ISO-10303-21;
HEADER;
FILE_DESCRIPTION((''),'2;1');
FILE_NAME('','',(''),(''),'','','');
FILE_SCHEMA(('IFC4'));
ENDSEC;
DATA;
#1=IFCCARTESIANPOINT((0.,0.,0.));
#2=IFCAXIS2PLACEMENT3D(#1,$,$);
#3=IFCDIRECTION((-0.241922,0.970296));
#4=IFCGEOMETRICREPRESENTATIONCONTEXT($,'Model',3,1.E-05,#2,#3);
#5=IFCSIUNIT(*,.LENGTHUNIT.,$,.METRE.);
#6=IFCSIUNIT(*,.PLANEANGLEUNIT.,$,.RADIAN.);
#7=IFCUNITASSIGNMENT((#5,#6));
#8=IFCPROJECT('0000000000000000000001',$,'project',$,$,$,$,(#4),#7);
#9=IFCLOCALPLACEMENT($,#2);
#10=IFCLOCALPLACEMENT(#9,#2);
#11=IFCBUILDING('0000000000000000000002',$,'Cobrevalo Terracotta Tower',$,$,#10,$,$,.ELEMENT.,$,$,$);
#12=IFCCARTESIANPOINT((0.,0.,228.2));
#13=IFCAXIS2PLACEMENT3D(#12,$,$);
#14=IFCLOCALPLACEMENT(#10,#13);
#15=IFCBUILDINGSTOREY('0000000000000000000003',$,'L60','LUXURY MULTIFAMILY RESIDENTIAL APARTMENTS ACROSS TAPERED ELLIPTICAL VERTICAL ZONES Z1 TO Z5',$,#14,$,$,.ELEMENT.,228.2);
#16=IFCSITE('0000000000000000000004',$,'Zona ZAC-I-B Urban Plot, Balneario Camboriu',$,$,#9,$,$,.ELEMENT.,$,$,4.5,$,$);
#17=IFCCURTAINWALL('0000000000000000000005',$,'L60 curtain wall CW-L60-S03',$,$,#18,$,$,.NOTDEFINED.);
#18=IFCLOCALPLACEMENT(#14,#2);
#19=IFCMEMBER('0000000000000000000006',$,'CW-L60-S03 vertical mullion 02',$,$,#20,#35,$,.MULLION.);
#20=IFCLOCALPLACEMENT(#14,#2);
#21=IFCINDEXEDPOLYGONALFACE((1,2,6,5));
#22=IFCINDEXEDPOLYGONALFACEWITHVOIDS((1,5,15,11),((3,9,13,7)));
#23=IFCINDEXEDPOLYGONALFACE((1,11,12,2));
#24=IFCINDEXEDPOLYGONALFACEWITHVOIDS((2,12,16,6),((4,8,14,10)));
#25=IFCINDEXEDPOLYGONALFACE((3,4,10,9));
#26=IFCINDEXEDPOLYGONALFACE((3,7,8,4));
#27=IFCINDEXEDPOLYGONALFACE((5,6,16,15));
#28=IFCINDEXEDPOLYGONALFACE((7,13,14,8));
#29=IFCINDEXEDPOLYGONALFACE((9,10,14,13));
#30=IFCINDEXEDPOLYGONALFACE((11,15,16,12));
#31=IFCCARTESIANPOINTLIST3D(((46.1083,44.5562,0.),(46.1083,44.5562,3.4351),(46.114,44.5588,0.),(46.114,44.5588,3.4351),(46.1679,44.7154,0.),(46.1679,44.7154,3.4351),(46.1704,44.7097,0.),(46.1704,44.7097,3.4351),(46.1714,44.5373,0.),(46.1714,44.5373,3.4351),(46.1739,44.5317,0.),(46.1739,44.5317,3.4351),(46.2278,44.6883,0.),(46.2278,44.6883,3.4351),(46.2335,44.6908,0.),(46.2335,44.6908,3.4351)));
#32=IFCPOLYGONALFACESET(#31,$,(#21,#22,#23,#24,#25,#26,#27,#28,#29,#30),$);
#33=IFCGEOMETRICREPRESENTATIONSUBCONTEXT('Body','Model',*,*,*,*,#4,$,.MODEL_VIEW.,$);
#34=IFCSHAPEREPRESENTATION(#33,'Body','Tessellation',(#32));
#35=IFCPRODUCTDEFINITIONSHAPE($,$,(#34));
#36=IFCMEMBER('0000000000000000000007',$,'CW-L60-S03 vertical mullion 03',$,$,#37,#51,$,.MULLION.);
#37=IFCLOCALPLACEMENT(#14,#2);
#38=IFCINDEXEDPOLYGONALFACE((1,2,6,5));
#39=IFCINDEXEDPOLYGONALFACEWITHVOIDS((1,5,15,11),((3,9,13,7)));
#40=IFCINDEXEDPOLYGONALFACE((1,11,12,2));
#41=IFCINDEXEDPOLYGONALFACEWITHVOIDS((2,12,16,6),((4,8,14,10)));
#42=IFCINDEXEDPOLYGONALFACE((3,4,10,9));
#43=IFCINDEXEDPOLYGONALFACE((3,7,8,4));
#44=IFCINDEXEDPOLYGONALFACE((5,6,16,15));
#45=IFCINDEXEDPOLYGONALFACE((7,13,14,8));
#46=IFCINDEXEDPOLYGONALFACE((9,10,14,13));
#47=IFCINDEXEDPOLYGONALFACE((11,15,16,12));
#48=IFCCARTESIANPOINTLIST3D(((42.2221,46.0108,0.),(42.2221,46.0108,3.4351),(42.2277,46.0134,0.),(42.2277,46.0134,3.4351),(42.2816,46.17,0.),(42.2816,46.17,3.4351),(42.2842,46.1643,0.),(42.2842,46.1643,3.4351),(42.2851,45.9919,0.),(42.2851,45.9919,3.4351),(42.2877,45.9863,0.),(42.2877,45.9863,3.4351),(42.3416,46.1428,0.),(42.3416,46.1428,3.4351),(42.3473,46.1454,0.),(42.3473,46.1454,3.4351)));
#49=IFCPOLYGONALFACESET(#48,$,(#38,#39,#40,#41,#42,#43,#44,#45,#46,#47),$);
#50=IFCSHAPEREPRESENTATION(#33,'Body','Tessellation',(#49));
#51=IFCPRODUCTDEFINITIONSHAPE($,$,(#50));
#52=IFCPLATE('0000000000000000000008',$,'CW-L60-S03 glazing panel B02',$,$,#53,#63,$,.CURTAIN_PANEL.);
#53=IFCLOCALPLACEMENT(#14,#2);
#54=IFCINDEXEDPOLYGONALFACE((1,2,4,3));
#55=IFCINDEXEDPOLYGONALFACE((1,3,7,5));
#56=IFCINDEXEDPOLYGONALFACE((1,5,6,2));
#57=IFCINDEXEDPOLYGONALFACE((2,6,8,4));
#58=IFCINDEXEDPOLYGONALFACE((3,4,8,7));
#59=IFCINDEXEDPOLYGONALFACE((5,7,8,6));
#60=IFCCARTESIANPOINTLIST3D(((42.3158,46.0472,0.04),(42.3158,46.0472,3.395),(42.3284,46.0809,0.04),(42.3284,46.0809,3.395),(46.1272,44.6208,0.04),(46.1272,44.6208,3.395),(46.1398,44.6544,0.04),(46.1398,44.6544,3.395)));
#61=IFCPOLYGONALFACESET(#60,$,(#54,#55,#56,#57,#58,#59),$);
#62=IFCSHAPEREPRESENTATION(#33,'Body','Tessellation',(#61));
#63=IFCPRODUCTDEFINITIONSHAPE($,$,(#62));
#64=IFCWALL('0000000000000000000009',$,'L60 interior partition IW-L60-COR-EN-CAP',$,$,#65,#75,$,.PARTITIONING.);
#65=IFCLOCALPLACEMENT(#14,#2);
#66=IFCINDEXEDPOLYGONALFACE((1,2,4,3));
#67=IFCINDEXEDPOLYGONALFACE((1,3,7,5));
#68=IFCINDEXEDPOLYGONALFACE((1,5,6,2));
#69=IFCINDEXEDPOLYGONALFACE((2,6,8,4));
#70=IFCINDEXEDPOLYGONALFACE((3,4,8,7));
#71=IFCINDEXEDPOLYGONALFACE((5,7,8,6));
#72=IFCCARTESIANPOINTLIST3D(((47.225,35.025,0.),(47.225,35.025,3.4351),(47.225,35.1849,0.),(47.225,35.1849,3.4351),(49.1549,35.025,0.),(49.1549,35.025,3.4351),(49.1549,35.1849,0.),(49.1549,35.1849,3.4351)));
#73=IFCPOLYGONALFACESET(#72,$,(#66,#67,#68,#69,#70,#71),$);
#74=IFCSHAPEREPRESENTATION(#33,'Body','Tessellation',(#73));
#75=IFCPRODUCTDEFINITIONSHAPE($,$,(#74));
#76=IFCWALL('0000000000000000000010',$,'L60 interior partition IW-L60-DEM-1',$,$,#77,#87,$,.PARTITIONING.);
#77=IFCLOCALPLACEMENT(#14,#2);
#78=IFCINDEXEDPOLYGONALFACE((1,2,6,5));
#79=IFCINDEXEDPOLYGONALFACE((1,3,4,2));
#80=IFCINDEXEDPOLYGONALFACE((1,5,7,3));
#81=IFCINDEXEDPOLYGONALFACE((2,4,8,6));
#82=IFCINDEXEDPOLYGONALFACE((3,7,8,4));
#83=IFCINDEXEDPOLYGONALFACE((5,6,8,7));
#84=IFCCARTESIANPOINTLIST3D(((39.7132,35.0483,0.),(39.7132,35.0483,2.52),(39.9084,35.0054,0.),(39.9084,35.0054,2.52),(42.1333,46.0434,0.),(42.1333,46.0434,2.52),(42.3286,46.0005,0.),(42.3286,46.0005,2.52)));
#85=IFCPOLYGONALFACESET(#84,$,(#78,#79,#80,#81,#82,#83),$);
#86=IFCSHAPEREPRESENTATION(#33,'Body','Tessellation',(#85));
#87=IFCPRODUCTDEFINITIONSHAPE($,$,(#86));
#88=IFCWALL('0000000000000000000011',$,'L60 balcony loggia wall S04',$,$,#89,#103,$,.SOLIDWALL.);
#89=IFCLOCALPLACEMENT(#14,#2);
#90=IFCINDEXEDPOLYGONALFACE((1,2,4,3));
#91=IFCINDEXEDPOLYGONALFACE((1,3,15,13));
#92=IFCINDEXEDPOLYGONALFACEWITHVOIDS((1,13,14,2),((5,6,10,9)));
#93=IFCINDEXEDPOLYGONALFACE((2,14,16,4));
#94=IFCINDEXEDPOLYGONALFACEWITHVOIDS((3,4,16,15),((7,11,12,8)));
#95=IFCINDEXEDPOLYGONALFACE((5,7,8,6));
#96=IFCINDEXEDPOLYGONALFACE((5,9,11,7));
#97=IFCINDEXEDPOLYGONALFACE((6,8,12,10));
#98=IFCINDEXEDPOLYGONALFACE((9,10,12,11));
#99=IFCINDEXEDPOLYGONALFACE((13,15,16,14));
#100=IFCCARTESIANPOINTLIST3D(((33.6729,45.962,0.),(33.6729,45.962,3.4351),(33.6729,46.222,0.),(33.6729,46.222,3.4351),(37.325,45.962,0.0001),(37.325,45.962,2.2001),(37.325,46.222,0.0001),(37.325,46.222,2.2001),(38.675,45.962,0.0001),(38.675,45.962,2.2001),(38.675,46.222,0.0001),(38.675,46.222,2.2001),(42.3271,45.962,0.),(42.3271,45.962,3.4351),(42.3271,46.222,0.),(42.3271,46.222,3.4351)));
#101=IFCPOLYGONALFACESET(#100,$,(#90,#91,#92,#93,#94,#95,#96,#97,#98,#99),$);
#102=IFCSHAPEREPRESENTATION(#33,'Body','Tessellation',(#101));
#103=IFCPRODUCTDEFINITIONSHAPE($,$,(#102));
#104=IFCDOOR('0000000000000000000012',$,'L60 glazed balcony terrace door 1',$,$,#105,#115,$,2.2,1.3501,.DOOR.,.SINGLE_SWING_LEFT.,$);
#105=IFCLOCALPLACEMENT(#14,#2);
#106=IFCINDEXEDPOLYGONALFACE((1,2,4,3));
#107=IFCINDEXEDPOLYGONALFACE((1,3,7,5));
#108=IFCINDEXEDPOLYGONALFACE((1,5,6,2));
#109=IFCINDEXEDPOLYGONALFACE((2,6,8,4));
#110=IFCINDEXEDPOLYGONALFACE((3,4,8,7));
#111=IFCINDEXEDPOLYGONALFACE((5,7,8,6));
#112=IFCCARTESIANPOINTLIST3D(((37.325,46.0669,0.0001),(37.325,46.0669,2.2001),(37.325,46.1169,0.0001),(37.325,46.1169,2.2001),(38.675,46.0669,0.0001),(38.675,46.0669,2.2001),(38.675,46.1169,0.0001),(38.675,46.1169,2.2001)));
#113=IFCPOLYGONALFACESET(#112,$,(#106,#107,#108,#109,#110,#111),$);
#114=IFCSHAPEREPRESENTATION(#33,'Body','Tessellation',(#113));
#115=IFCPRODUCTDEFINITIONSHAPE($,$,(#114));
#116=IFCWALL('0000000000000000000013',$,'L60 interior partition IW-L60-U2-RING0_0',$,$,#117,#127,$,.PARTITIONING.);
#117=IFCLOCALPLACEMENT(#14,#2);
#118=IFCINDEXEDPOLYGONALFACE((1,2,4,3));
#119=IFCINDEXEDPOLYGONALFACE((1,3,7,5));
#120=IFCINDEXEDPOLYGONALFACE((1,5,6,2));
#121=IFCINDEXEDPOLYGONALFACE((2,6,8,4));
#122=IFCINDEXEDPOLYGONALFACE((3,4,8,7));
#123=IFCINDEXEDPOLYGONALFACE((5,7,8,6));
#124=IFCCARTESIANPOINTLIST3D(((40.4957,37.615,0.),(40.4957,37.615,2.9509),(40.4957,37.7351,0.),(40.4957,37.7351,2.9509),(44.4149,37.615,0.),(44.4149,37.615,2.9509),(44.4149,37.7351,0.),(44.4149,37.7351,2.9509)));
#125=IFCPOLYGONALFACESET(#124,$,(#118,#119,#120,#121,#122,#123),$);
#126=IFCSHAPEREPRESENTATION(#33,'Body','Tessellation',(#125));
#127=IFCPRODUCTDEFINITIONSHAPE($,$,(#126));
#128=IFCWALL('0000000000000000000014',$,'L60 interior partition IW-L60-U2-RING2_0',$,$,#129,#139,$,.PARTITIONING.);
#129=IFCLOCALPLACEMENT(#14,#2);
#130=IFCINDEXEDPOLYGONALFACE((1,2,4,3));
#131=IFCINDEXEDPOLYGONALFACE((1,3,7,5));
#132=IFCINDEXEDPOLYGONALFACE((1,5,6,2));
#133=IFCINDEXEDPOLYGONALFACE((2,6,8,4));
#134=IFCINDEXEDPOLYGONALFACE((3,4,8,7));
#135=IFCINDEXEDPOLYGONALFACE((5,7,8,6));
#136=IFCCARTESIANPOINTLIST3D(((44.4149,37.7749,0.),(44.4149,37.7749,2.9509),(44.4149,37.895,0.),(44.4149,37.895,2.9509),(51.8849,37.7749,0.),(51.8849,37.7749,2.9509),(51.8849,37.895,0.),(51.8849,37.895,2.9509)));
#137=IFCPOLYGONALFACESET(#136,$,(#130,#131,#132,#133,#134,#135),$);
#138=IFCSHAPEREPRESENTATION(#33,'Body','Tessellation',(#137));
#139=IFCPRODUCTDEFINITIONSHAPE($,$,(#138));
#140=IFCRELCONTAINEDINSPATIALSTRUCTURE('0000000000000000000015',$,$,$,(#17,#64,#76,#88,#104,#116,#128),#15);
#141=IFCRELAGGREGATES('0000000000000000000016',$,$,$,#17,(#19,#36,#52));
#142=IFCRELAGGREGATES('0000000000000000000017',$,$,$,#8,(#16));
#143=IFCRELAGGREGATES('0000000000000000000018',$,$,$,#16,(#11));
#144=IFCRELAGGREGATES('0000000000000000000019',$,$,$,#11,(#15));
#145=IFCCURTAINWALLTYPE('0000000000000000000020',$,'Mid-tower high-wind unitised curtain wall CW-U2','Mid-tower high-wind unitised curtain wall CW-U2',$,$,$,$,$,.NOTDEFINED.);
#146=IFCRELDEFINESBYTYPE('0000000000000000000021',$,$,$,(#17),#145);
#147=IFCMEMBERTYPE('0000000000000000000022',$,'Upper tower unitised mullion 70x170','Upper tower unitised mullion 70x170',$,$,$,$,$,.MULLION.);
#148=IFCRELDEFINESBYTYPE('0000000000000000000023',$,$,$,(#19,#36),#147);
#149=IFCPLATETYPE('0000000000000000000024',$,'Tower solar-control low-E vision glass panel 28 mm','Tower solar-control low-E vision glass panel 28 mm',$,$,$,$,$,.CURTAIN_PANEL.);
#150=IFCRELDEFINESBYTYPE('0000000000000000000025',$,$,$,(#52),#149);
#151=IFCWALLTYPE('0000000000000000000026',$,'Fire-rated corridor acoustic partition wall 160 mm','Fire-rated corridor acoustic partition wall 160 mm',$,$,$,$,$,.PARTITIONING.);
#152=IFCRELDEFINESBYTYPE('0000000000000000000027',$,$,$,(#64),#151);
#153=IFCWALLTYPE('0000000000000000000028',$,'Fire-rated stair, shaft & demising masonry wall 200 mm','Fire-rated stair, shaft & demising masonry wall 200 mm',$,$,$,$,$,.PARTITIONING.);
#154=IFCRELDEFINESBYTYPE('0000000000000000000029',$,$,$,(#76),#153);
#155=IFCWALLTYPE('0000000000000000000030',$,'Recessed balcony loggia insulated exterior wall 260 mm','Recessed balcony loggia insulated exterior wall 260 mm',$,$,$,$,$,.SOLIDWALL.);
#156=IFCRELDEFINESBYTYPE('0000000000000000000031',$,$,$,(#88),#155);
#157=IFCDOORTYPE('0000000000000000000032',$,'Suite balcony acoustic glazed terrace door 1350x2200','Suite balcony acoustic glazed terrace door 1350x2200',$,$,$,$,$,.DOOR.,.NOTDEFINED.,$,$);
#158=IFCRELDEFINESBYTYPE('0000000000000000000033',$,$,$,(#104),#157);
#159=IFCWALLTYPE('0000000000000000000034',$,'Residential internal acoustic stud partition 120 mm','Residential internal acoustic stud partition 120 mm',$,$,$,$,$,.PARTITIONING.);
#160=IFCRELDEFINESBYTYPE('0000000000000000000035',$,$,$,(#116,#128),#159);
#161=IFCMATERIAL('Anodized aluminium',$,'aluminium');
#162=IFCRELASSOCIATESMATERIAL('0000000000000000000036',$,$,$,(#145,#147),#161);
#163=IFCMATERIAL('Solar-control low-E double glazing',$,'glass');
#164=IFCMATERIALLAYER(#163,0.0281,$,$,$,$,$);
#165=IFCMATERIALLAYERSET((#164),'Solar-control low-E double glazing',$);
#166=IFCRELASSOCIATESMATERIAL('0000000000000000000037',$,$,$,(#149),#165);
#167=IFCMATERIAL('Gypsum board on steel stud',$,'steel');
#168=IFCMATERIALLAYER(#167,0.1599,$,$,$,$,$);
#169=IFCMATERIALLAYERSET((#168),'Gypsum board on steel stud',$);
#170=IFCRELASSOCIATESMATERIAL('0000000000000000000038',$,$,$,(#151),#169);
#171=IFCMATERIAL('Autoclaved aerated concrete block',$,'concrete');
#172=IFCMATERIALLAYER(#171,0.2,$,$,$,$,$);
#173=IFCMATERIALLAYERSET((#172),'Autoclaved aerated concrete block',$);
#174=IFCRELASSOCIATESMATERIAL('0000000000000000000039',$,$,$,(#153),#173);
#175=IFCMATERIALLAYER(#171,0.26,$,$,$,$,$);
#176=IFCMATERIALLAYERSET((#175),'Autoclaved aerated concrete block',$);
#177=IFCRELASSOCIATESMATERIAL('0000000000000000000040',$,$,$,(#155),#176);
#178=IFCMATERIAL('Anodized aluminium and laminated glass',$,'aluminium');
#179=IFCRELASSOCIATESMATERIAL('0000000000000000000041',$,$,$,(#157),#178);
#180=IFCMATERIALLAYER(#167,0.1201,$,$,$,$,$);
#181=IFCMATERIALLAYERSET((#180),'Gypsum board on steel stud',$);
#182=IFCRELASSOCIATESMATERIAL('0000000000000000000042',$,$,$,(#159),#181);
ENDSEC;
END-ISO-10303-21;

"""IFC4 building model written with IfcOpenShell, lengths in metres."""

from ifc_helpers import new_model, si_unit, direction, frame, frame_2d, origin, origin_2d, place, context, subcontext, project, spatial, rectangle, hollow_rectangle, extrude, source, transform, mapped, material, layer, layer_set, material_profile, profile_set, type_object, element, fill, aggregate, save


model = new_model("IFC4")

# Units and contexts
model_context = context("Model", 3, precision=1e-05, world=origin(), true_north=direction((-0.241922, 0.970296)))
body_context = subcontext(model_context, "Body", "Model", "MODEL_VIEW")
ifc_project = project(units=[si_unit("LENGTHUNIT", "METRE"), si_unit("PLANEANGLEUNIT", "RADIAN")], contexts=[model_context])

# Site, building, storey
site_placement = place(None, origin())
site = spatial("IfcSite", under=ifc_project, at=site_placement, Name="Zona ZAC-I-B Urban Plot, Balneario Camboriu", CompositionType="ELEMENT", RefElevation=4.5)
building_placement = place(site_placement, origin())
building = spatial("IfcBuilding", under=site, at=building_placement, Name="Cobrevalo Terracotta Tower", CompositionType="ELEMENT")
storey_placement = place(building_placement, frame((0.0, 0.0, 228.2)))
storey = spatial("IfcBuildingStorey", under=building, at=storey_placement, Name="L60", Description="LUXURY MULTIFAMILY RESIDENTIAL APARTMENTS ACROSS TAPERED ELLIPTICAL VERTICAL ZONES Z1 TO Z5", CompositionType="ELEMENT", Elevation=228.2)

# Curtain wall, members, plate
ifc_material_1 = material(Name="Anodized aluminium", Category="aluminium")
curtain_wall_type = type_object("IfcCurtainWallType", Name="Mid-tower high-wind unitised curtain wall CW-U2", Description="Mid-tower high-wind unitised curtain wall CW-U2", PredefinedType="NOTDEFINED", material=ifc_material_1)
curtain_wall_placement = place(storey_placement, origin())
curtain_wall = element("IfcCurtainWall", 1, at=curtain_wall_placement, inside=storey, type_object=curtain_wall_type, Name="L60 curtain wall CW-L60-S03", PredefinedType="NOTDEFINED")
ifc_material_profile_1 = material_profile(ifc_material_1, hollow_rectangle(XDim=0.0701, YDim=0.1699, WallThickness=0.0044, at=origin_2d()), Name="CWM 70x170")
ifc_profile_set_1 = profile_set([ifc_material_profile_1], Name="Anodized aluminium")
member_type_1 = type_object("IfcMemberType", Name="Upper tower unitised mullion 70x170", Description="Upper tower unitised mullion 70x170", PredefinedType="MULLION", material=ifc_profile_set_1)
shared_shape_1 = source(origin(), body_context, "Body", "SweptSolid", [
    extrude(hollow_rectangle(XDim=0.0701, YDim=0.1699, WallThickness=0.0044, at=origin_2d()), origin(), (0.0, 0.0, 1.0), 3.4351),
])
member_1_placement = place(storey_placement, frame((46.1709, 44.6235, 0.0), z_axis=(0.0, 0.0, 1.0), x_axis=(-0.936556, 0.350518, 0.0)))
member_1 = element("IfcMember", 2, at=member_1_placement, type_object=member_type_1, Name="CW-L60-S03 vertical mullion 02", PredefinedType="MULLION", context=body_context, shape_type="MappedRepresentation", body=[
    mapped(shared_shape_1, transform((0.0, 0.0, 0.0), scale=1.0)),
])
member_2_placement = place(storey_placement, frame((42.2847, 46.0781, 0.0), z_axis=(0.0, 0.0, 1.0), x_axis=(-0.936556, 0.350518, 0.0)))
member_2 = element("IfcMember", 3, at=member_2_placement, type_object=member_type_1, Name="CW-L60-S03 vertical mullion 03", PredefinedType="MULLION", context=body_context, shape_type="MappedRepresentation", body=[
    mapped(shared_shape_1, transform((0.0, 0.0, 0.0), scale=1.0)),
])
ifc_material_2 = material(Name="Solar-control low-E double glazing", Category="glass")
ifc_layer_1 = layer(ifc_material_2, 0.0281)
ifc_layer_set_1 = layer_set([ifc_layer_1], Name="Solar-control low-E double glazing")
plate_type = type_object("IfcPlateType", Name="Tower solar-control low-E vision glass panel 28 mm", Description="Tower solar-control low-E vision glass panel 28 mm", PredefinedType="CURTAIN_PANEL", material=ifc_layer_set_1)
shared_shape_2 = source(origin(), body_context, "Body", "SweptSolid", [
    extrude(rectangle(XDim=4.0696, YDim=0.0359, at=origin_2d()), origin(), (0.0, 0.0, 1.0), 3.355),
])
plate_placement = place(storey_placement, frame((44.2278, 45.3508, 0.04), z_axis=(0.0, 0.0, 1.0), x_axis=(-0.936558, 0.350513, 0.0)))
plate = element("IfcPlate", 4, at=plate_placement, type_object=plate_type, Name="CW-L60-S03 glazing panel B02", PredefinedType="CURTAIN_PANEL", context=body_context, shape_type="MappedRepresentation", body=[
    mapped(shared_shape_2, transform((0.0, 0.0, 0.0), scale=1.0)),
])
aggregate(curtain_wall, [member_1, member_2, plate])

# Walls
ifc_material_3 = material(Name="Gypsum board on steel stud", Category="steel")
ifc_layer_2 = layer(ifc_material_3, 0.1599)
ifc_layer_set_2 = layer_set([ifc_layer_2], Name="Gypsum board on steel stud")
wall_type_1 = type_object("IfcWallType", Name="Fire-rated corridor acoustic partition wall 160 mm", Description="Fire-rated corridor acoustic partition wall 160 mm", PredefinedType="PARTITIONING", material=ifc_layer_set_2)
wall_1_placement = place(storey_placement, frame((47.2251, 35.105, 0.0), z_axis=(0.0, 0.0, 1.0), x_axis=(1.0, 0.0, 0.0)))
element("IfcWall", 5, at=wall_1_placement, inside=storey, type_object=wall_type_1, Name="L60 interior partition IW-L60-COR-EN-CAP", PredefinedType="PARTITIONING", context=body_context, shape_type="SweptSolid", body=[
    extrude(rectangle(XDim=1.9299, YDim=0.1599, at=frame_2d((0.9648, 0.0))), origin(), (0.0, 0.0, 1.0), 3.4351),
])
ifc_material_4 = material(Name="Autoclaved aerated concrete block", Category="concrete")
ifc_layer_3 = layer(ifc_material_4, 0.2)
ifc_layer_set_3 = layer_set([ifc_layer_3], Name="Autoclaved aerated concrete block")
wall_type_2 = type_object("IfcWallType", Name="Fire-rated stair, shaft & demising masonry wall 200 mm", Description="Fire-rated stair, shaft & demising masonry wall 200 mm", PredefinedType="PARTITIONING", material=ifc_layer_set_3)
wall_2_placement = place(storey_placement, frame((39.8108, 35.0269, 0.0), z_axis=(0.0, 0.0, 1.0), x_axis=(0.214967, 0.976621, 0.0)))
element("IfcWall", 6, at=wall_2_placement, inside=storey, type_object=wall_type_2, Name="L60 interior partition IW-L60-DEM-1", PredefinedType="PARTITIONING", context=body_context, shape_type="SweptSolid", body=[
    extrude(rectangle(XDim=11.2583, YDim=0.2, at=frame_2d((5.6292, 0.0))), origin(), (0.0, 0.0, 1.0), 2.52),
])

# Wall, opening, door
ifc_layer_4 = layer(ifc_material_4, 0.26)
ifc_layer_set_4 = layer_set([ifc_layer_4], Name="Autoclaved aerated concrete block")
wall_type_3 = type_object("IfcWallType", Name="Recessed balcony loggia insulated exterior wall 260 mm", Description="Recessed balcony loggia insulated exterior wall 260 mm", PredefinedType="SOLIDWALL", material=ifc_layer_set_4)
wall_3_placement = place(storey_placement, frame((42.3271, 46.092, 0.0), z_axis=(0.0, 0.0, 1.0), x_axis=(-1.0, 0.0, 0.0)))
wall_3 = element("IfcWall", 7, at=wall_3_placement, inside=storey, type_object=wall_type_3, Name="L60 balcony loggia wall S04", PredefinedType="SOLIDWALL", context=body_context, shape_type="SweptSolid", body=[
    extrude(rectangle(XDim=8.6543, YDim=0.26, at=frame_2d((4.3271, 0.0))), origin(), (0.0, 0.0, 1.0), 3.4351),
])
opening_placement = place(wall_3_placement, frame((3.6521, 0.0, 0.0)))
opening = element("IfcOpeningElement", 8, at=opening_placement, cuts=wall_3, PredefinedType="OPENING", context=body_context, shape_type="SweptSolid", body=[
    extrude(rectangle(XDim=1.3501, YDim=2.2, at=frame_2d((0.675, 1.1001))), frame((0.0, 0.1401, 0.0), z_axis=(0.0, -1.0, 0.0), x_axis=(1.0, 0.0, 0.0)), (0.0, 0.0, 1.0), 0.28),
])
ifc_material_5 = material(Name="Anodized aluminium and laminated glass", Category="aluminium")
door_type = type_object("IfcDoorType", Name="Suite balcony acoustic glazed terrace door 1350x2200", Description="Suite balcony acoustic glazed terrace door 1350x2200", OperationType="NOTDEFINED", PredefinedType="DOOR", material=ifc_material_5)
shared_shape_3 = source(origin(), body_context, "Body", "SweptSolid", [
    extrude(rectangle(XDim=1.3501, YDim=2.2, at=frame_2d((0.675, 1.1001))), frame((0.0, 0.0249, 0.0), z_axis=(0.0, -1.0, 0.0), x_axis=(1.0, 0.0, 0.0)), (0.0, 0.0, 1.0), 0.05),
])
door_placement = place(opening_placement, frame((1.3501, 0.0, 0.0), z_axis=(0.0, 0.0, 1.0), x_axis=(-1.0, 0.0, 0.0)))
door = element("IfcDoor", 9, at=door_placement, inside=storey, type_object=door_type, Name="L60 glazed balcony terrace door 1", OperationType="SINGLE_SWING_LEFT", OverallHeight=2.2, OverallWidth=1.3501, PredefinedType="DOOR", context=body_context, shape_type="MappedRepresentation", body=[
    mapped(shared_shape_3, transform((0.0, 0.0, 0.0), scale=1.0)),
])
fill(opening, door)

# Walls
ifc_layer_5 = layer(ifc_material_3, 0.1201)
ifc_layer_set_5 = layer_set([ifc_layer_5], Name="Gypsum board on steel stud")
wall_type_4 = type_object("IfcWallType", Name="Residential internal acoustic stud partition 120 mm", Description="Residential internal acoustic stud partition 120 mm", PredefinedType="PARTITIONING", material=ifc_layer_set_5)
wall_4_placement = place(storey_placement, frame((40.4958, 37.675, 0.0), z_axis=(0.0, 0.0, 1.0), x_axis=(1.0, 0.0, 0.0)))
element("IfcWall", 10, at=wall_4_placement, inside=storey, type_object=wall_type_4, Name="L60 interior partition IW-L60-U2-RING0_0", PredefinedType="PARTITIONING", context=body_context, shape_type="SweptSolid", body=[
    extrude(rectangle(XDim=3.9192, YDim=0.1201, at=frame_2d((1.9595, 0.0))), origin(), (0.0, 0.0, 1.0), 2.9509),
])
wall_5_placement = place(storey_placement, frame((44.415, 37.835, 0.0), z_axis=(0.0, 0.0, 1.0), x_axis=(1.0, 0.0, 0.0)))
element("IfcWall", 11, at=wall_5_placement, inside=storey, type_object=wall_type_4, Name="L60 interior partition IW-L60-U2-RING2_0", PredefinedType="PARTITIONING", context=body_context, shape_type="SweptSolid", body=[
    extrude(rectangle(XDim=7.47, YDim=0.1201, at=frame_2d((3.7349, 0.0))), origin(), (0.0, 0.0, 1.0), 2.9509),
])

save(model, "model.ifc")
